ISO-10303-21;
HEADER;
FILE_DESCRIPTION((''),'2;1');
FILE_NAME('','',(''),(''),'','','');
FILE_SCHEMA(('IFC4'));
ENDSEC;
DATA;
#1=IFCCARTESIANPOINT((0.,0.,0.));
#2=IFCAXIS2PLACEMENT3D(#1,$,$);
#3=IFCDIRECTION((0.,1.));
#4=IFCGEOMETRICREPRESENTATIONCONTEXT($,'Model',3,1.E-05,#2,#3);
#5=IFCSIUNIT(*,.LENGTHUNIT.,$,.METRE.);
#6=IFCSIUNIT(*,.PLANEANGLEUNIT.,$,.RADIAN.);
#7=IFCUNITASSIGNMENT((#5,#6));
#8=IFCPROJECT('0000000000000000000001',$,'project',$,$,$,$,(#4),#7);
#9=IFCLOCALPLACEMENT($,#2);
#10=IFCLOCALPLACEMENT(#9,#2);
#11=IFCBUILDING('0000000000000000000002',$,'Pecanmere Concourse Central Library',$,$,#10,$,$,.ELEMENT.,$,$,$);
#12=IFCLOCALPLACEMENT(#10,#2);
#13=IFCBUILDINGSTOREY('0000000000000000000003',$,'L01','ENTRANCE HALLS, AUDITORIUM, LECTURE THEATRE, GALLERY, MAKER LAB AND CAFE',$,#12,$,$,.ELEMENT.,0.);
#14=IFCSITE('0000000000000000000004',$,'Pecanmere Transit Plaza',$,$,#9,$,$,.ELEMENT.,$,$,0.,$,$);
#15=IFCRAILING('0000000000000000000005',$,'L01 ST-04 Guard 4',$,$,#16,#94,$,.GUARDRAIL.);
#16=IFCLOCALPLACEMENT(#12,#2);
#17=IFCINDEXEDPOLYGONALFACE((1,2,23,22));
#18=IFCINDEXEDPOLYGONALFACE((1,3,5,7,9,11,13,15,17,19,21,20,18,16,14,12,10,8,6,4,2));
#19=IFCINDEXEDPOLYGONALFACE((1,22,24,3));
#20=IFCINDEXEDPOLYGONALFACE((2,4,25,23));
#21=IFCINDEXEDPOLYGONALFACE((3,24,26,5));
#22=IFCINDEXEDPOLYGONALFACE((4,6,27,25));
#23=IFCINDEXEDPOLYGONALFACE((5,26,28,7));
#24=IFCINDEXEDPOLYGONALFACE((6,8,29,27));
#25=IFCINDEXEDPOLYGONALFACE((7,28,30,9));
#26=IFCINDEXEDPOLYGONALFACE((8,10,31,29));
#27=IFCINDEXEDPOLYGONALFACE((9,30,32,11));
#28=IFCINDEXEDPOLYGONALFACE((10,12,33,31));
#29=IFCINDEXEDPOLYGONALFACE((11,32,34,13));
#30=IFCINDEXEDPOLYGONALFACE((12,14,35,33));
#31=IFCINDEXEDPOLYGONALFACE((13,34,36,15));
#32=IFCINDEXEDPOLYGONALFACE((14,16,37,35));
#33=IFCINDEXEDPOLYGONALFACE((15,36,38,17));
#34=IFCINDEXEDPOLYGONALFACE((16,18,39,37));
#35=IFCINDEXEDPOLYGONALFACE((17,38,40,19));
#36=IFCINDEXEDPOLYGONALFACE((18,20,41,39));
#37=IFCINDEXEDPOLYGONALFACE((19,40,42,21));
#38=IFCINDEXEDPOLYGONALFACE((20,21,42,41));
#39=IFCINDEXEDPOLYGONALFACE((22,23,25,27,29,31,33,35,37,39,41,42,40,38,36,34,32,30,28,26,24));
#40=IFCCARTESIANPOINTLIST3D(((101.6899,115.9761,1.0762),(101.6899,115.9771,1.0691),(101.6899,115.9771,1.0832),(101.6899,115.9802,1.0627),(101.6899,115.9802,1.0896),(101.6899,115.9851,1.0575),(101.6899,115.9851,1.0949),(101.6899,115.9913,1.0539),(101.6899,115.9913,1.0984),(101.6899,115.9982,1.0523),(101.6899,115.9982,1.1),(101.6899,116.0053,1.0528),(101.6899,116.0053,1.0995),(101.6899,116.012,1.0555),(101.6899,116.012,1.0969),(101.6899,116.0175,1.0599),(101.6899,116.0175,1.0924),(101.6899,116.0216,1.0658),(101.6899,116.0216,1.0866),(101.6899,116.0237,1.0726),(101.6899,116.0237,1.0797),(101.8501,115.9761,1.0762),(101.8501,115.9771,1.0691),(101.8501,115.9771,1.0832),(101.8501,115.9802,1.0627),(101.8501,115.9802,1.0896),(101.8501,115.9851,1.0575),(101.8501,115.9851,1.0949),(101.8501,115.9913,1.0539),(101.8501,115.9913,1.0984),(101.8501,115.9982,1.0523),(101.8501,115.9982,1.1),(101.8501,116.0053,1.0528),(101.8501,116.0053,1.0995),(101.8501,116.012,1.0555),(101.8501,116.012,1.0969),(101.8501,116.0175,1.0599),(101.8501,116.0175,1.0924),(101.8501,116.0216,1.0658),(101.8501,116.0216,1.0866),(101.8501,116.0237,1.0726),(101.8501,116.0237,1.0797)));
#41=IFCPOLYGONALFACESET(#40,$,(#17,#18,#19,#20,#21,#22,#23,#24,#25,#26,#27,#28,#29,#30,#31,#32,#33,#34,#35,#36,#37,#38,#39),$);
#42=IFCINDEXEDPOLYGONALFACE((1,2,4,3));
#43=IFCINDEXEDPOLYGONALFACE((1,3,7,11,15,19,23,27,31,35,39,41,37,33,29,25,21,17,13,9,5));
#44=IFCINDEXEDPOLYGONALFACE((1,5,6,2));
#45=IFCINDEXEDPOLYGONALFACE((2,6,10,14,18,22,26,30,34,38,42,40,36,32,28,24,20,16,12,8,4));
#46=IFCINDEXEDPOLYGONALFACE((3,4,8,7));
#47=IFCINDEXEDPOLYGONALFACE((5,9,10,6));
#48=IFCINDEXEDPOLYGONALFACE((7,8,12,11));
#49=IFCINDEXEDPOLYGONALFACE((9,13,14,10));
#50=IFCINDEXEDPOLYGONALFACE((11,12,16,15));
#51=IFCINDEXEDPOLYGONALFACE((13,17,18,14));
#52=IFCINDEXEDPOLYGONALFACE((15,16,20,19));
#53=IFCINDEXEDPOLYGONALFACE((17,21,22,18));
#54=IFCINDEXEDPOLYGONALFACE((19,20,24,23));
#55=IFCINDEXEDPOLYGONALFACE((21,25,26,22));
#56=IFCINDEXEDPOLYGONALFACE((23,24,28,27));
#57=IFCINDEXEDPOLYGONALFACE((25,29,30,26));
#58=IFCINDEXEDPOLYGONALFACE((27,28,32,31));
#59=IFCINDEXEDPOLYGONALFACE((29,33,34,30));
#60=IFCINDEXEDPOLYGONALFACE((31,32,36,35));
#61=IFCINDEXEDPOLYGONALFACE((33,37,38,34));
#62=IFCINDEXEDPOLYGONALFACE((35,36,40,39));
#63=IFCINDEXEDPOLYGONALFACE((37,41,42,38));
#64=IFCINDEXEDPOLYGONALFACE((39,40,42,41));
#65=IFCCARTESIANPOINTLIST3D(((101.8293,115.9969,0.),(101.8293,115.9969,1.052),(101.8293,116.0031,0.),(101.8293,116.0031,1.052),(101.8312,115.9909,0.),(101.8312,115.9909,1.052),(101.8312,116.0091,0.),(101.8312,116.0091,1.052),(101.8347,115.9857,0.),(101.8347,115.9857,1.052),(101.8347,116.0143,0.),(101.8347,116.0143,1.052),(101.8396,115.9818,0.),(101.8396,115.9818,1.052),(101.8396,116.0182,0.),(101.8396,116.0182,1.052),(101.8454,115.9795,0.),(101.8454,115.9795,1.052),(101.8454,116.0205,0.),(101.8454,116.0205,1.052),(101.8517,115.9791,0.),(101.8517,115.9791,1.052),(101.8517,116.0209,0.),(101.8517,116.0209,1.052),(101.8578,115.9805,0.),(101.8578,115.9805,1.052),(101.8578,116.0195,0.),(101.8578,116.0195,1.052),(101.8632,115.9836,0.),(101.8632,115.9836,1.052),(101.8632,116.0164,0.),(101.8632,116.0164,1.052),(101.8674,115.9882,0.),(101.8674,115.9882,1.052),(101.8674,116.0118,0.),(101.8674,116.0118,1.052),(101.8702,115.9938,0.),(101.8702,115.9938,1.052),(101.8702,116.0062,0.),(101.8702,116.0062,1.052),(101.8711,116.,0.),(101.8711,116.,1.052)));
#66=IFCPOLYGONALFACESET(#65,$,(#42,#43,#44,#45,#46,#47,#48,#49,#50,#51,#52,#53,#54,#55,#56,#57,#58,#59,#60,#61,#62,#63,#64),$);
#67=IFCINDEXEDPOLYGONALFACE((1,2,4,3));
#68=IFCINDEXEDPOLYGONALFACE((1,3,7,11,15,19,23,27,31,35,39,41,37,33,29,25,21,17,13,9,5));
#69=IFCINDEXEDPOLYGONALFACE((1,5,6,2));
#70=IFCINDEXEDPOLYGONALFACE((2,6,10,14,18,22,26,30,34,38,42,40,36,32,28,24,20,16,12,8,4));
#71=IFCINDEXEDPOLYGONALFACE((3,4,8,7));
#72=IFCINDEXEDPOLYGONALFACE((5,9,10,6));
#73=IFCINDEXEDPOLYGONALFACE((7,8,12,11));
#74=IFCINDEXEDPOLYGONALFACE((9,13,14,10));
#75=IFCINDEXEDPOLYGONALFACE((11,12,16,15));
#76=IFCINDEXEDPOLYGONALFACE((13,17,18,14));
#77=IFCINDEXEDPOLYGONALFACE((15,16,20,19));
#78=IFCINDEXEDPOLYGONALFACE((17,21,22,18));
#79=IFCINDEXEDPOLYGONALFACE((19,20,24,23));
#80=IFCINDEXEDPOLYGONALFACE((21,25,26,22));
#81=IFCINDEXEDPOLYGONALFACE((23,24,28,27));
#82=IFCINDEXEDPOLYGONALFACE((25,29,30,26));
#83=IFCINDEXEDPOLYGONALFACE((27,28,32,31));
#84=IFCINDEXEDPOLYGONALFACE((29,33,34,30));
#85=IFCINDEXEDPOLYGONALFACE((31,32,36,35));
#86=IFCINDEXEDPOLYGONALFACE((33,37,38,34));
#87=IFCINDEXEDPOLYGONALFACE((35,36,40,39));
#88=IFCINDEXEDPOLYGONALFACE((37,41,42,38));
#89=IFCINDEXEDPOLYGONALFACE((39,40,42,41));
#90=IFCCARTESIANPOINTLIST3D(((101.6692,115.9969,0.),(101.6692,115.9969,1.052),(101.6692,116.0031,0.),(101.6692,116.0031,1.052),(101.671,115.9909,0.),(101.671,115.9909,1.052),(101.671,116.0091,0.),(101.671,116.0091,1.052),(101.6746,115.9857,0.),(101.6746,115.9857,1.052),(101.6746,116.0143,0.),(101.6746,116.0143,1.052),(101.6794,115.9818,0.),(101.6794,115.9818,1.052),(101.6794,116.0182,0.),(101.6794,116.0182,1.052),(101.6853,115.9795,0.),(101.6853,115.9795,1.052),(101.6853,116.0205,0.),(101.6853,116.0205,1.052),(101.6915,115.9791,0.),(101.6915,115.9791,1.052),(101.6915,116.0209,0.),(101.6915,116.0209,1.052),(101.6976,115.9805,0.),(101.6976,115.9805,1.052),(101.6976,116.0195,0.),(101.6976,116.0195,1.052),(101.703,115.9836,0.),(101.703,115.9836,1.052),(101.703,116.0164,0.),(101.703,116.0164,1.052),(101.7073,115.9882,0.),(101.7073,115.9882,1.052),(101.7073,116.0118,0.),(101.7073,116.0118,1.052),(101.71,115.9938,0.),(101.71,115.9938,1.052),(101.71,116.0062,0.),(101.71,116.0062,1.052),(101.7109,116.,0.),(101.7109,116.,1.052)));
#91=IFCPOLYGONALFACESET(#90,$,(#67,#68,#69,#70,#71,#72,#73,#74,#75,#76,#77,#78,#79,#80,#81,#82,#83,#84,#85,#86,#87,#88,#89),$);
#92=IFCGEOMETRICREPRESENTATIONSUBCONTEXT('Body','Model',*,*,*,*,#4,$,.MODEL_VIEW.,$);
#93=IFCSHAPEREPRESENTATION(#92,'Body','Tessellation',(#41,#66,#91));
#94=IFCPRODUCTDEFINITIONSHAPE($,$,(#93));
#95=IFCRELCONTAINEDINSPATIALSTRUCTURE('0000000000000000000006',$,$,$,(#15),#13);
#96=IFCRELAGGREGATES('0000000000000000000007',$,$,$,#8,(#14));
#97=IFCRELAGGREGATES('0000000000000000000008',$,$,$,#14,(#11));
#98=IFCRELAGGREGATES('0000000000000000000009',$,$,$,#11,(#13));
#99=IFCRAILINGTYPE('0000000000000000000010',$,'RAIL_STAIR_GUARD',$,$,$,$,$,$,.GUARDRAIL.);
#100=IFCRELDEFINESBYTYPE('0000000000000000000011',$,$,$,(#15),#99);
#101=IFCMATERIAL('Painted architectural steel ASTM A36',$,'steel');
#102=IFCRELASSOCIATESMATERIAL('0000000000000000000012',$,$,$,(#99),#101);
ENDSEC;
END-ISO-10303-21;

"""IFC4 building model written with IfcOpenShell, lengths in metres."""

from ifc_helpers import new_model, si_unit, direction, frame, origin, origin_2d, place, context, subcontext, project, spatial, circle, extrude, material, type_object, element, save


model = new_model("IFC4")

# Units and contexts
model_context = context("Model", 3, precision=1e-05, world=origin(), true_north=direction((0.0, 1.0)))
body_context = subcontext(model_context, "Body", "Model", "MODEL_VIEW")
ifc_project = project(units=[si_unit("LENGTHUNIT", "METRE"), si_unit("PLANEANGLEUNIT", "RADIAN")], contexts=[model_context])

# Site, building, storey
site_placement = place(None, origin())
site = spatial("IfcSite", under=ifc_project, at=site_placement, Name="Pecanmere Transit Plaza", CompositionType="ELEMENT", RefElevation=0.0)
building_placement = place(site_placement, origin())
building = spatial("IfcBuilding", under=site, at=building_placement, Name="Pecanmere Concourse Central Library", CompositionType="ELEMENT")
storey_placement = place(building_placement, origin())
storey = spatial("IfcBuildingStorey", under=building, at=storey_placement, Name="L01", Description="ENTRANCE HALLS, AUDITORIUM, LECTURE THEATRE, GALLERY, MAKER LAB AND CAFE", CompositionType="ELEMENT", Elevation=0.0)

# Railing
ifc_material_1 = material(Name="Painted architectural steel ASTM A36", Category="steel")
railing_type = type_object("IfcRailingType", Name="RAIL_STAIR_GUARD", PredefinedType="GUARDRAIL", material=ifc_material_1)
railing_1_placement = place(storey_placement, frame((101.8501, 116.0, 0.0)))
element("IfcRailing", 1, at=railing_1_placement, inside=storey, type_object=railing_type, Name="L01 ST-04 Guard 4", PredefinedType="GUARDRAIL", context=body_context, shape_type="SweptSolid", body=[
    extrude(circle(Radius=0.0239, at=origin_2d()), frame((0.0, 0.0, 1.0762), z_axis=(-1.0, 0.0, 0.0), x_axis=(0.0, -1.0, 0.0)), (0.0, 0.0, 1.0), 0.1602),
    extrude(circle(Radius=0.021, at=origin_2d()), origin(), (0.0, 0.0, 1.0), 1.052),
    extrude(circle(Radius=0.021, at=origin_2d()), frame((-0.1602, 0.0, 0.0)), (0.0, 0.0, 1.0), 1.052),
])

save(model, "model.ifc")
